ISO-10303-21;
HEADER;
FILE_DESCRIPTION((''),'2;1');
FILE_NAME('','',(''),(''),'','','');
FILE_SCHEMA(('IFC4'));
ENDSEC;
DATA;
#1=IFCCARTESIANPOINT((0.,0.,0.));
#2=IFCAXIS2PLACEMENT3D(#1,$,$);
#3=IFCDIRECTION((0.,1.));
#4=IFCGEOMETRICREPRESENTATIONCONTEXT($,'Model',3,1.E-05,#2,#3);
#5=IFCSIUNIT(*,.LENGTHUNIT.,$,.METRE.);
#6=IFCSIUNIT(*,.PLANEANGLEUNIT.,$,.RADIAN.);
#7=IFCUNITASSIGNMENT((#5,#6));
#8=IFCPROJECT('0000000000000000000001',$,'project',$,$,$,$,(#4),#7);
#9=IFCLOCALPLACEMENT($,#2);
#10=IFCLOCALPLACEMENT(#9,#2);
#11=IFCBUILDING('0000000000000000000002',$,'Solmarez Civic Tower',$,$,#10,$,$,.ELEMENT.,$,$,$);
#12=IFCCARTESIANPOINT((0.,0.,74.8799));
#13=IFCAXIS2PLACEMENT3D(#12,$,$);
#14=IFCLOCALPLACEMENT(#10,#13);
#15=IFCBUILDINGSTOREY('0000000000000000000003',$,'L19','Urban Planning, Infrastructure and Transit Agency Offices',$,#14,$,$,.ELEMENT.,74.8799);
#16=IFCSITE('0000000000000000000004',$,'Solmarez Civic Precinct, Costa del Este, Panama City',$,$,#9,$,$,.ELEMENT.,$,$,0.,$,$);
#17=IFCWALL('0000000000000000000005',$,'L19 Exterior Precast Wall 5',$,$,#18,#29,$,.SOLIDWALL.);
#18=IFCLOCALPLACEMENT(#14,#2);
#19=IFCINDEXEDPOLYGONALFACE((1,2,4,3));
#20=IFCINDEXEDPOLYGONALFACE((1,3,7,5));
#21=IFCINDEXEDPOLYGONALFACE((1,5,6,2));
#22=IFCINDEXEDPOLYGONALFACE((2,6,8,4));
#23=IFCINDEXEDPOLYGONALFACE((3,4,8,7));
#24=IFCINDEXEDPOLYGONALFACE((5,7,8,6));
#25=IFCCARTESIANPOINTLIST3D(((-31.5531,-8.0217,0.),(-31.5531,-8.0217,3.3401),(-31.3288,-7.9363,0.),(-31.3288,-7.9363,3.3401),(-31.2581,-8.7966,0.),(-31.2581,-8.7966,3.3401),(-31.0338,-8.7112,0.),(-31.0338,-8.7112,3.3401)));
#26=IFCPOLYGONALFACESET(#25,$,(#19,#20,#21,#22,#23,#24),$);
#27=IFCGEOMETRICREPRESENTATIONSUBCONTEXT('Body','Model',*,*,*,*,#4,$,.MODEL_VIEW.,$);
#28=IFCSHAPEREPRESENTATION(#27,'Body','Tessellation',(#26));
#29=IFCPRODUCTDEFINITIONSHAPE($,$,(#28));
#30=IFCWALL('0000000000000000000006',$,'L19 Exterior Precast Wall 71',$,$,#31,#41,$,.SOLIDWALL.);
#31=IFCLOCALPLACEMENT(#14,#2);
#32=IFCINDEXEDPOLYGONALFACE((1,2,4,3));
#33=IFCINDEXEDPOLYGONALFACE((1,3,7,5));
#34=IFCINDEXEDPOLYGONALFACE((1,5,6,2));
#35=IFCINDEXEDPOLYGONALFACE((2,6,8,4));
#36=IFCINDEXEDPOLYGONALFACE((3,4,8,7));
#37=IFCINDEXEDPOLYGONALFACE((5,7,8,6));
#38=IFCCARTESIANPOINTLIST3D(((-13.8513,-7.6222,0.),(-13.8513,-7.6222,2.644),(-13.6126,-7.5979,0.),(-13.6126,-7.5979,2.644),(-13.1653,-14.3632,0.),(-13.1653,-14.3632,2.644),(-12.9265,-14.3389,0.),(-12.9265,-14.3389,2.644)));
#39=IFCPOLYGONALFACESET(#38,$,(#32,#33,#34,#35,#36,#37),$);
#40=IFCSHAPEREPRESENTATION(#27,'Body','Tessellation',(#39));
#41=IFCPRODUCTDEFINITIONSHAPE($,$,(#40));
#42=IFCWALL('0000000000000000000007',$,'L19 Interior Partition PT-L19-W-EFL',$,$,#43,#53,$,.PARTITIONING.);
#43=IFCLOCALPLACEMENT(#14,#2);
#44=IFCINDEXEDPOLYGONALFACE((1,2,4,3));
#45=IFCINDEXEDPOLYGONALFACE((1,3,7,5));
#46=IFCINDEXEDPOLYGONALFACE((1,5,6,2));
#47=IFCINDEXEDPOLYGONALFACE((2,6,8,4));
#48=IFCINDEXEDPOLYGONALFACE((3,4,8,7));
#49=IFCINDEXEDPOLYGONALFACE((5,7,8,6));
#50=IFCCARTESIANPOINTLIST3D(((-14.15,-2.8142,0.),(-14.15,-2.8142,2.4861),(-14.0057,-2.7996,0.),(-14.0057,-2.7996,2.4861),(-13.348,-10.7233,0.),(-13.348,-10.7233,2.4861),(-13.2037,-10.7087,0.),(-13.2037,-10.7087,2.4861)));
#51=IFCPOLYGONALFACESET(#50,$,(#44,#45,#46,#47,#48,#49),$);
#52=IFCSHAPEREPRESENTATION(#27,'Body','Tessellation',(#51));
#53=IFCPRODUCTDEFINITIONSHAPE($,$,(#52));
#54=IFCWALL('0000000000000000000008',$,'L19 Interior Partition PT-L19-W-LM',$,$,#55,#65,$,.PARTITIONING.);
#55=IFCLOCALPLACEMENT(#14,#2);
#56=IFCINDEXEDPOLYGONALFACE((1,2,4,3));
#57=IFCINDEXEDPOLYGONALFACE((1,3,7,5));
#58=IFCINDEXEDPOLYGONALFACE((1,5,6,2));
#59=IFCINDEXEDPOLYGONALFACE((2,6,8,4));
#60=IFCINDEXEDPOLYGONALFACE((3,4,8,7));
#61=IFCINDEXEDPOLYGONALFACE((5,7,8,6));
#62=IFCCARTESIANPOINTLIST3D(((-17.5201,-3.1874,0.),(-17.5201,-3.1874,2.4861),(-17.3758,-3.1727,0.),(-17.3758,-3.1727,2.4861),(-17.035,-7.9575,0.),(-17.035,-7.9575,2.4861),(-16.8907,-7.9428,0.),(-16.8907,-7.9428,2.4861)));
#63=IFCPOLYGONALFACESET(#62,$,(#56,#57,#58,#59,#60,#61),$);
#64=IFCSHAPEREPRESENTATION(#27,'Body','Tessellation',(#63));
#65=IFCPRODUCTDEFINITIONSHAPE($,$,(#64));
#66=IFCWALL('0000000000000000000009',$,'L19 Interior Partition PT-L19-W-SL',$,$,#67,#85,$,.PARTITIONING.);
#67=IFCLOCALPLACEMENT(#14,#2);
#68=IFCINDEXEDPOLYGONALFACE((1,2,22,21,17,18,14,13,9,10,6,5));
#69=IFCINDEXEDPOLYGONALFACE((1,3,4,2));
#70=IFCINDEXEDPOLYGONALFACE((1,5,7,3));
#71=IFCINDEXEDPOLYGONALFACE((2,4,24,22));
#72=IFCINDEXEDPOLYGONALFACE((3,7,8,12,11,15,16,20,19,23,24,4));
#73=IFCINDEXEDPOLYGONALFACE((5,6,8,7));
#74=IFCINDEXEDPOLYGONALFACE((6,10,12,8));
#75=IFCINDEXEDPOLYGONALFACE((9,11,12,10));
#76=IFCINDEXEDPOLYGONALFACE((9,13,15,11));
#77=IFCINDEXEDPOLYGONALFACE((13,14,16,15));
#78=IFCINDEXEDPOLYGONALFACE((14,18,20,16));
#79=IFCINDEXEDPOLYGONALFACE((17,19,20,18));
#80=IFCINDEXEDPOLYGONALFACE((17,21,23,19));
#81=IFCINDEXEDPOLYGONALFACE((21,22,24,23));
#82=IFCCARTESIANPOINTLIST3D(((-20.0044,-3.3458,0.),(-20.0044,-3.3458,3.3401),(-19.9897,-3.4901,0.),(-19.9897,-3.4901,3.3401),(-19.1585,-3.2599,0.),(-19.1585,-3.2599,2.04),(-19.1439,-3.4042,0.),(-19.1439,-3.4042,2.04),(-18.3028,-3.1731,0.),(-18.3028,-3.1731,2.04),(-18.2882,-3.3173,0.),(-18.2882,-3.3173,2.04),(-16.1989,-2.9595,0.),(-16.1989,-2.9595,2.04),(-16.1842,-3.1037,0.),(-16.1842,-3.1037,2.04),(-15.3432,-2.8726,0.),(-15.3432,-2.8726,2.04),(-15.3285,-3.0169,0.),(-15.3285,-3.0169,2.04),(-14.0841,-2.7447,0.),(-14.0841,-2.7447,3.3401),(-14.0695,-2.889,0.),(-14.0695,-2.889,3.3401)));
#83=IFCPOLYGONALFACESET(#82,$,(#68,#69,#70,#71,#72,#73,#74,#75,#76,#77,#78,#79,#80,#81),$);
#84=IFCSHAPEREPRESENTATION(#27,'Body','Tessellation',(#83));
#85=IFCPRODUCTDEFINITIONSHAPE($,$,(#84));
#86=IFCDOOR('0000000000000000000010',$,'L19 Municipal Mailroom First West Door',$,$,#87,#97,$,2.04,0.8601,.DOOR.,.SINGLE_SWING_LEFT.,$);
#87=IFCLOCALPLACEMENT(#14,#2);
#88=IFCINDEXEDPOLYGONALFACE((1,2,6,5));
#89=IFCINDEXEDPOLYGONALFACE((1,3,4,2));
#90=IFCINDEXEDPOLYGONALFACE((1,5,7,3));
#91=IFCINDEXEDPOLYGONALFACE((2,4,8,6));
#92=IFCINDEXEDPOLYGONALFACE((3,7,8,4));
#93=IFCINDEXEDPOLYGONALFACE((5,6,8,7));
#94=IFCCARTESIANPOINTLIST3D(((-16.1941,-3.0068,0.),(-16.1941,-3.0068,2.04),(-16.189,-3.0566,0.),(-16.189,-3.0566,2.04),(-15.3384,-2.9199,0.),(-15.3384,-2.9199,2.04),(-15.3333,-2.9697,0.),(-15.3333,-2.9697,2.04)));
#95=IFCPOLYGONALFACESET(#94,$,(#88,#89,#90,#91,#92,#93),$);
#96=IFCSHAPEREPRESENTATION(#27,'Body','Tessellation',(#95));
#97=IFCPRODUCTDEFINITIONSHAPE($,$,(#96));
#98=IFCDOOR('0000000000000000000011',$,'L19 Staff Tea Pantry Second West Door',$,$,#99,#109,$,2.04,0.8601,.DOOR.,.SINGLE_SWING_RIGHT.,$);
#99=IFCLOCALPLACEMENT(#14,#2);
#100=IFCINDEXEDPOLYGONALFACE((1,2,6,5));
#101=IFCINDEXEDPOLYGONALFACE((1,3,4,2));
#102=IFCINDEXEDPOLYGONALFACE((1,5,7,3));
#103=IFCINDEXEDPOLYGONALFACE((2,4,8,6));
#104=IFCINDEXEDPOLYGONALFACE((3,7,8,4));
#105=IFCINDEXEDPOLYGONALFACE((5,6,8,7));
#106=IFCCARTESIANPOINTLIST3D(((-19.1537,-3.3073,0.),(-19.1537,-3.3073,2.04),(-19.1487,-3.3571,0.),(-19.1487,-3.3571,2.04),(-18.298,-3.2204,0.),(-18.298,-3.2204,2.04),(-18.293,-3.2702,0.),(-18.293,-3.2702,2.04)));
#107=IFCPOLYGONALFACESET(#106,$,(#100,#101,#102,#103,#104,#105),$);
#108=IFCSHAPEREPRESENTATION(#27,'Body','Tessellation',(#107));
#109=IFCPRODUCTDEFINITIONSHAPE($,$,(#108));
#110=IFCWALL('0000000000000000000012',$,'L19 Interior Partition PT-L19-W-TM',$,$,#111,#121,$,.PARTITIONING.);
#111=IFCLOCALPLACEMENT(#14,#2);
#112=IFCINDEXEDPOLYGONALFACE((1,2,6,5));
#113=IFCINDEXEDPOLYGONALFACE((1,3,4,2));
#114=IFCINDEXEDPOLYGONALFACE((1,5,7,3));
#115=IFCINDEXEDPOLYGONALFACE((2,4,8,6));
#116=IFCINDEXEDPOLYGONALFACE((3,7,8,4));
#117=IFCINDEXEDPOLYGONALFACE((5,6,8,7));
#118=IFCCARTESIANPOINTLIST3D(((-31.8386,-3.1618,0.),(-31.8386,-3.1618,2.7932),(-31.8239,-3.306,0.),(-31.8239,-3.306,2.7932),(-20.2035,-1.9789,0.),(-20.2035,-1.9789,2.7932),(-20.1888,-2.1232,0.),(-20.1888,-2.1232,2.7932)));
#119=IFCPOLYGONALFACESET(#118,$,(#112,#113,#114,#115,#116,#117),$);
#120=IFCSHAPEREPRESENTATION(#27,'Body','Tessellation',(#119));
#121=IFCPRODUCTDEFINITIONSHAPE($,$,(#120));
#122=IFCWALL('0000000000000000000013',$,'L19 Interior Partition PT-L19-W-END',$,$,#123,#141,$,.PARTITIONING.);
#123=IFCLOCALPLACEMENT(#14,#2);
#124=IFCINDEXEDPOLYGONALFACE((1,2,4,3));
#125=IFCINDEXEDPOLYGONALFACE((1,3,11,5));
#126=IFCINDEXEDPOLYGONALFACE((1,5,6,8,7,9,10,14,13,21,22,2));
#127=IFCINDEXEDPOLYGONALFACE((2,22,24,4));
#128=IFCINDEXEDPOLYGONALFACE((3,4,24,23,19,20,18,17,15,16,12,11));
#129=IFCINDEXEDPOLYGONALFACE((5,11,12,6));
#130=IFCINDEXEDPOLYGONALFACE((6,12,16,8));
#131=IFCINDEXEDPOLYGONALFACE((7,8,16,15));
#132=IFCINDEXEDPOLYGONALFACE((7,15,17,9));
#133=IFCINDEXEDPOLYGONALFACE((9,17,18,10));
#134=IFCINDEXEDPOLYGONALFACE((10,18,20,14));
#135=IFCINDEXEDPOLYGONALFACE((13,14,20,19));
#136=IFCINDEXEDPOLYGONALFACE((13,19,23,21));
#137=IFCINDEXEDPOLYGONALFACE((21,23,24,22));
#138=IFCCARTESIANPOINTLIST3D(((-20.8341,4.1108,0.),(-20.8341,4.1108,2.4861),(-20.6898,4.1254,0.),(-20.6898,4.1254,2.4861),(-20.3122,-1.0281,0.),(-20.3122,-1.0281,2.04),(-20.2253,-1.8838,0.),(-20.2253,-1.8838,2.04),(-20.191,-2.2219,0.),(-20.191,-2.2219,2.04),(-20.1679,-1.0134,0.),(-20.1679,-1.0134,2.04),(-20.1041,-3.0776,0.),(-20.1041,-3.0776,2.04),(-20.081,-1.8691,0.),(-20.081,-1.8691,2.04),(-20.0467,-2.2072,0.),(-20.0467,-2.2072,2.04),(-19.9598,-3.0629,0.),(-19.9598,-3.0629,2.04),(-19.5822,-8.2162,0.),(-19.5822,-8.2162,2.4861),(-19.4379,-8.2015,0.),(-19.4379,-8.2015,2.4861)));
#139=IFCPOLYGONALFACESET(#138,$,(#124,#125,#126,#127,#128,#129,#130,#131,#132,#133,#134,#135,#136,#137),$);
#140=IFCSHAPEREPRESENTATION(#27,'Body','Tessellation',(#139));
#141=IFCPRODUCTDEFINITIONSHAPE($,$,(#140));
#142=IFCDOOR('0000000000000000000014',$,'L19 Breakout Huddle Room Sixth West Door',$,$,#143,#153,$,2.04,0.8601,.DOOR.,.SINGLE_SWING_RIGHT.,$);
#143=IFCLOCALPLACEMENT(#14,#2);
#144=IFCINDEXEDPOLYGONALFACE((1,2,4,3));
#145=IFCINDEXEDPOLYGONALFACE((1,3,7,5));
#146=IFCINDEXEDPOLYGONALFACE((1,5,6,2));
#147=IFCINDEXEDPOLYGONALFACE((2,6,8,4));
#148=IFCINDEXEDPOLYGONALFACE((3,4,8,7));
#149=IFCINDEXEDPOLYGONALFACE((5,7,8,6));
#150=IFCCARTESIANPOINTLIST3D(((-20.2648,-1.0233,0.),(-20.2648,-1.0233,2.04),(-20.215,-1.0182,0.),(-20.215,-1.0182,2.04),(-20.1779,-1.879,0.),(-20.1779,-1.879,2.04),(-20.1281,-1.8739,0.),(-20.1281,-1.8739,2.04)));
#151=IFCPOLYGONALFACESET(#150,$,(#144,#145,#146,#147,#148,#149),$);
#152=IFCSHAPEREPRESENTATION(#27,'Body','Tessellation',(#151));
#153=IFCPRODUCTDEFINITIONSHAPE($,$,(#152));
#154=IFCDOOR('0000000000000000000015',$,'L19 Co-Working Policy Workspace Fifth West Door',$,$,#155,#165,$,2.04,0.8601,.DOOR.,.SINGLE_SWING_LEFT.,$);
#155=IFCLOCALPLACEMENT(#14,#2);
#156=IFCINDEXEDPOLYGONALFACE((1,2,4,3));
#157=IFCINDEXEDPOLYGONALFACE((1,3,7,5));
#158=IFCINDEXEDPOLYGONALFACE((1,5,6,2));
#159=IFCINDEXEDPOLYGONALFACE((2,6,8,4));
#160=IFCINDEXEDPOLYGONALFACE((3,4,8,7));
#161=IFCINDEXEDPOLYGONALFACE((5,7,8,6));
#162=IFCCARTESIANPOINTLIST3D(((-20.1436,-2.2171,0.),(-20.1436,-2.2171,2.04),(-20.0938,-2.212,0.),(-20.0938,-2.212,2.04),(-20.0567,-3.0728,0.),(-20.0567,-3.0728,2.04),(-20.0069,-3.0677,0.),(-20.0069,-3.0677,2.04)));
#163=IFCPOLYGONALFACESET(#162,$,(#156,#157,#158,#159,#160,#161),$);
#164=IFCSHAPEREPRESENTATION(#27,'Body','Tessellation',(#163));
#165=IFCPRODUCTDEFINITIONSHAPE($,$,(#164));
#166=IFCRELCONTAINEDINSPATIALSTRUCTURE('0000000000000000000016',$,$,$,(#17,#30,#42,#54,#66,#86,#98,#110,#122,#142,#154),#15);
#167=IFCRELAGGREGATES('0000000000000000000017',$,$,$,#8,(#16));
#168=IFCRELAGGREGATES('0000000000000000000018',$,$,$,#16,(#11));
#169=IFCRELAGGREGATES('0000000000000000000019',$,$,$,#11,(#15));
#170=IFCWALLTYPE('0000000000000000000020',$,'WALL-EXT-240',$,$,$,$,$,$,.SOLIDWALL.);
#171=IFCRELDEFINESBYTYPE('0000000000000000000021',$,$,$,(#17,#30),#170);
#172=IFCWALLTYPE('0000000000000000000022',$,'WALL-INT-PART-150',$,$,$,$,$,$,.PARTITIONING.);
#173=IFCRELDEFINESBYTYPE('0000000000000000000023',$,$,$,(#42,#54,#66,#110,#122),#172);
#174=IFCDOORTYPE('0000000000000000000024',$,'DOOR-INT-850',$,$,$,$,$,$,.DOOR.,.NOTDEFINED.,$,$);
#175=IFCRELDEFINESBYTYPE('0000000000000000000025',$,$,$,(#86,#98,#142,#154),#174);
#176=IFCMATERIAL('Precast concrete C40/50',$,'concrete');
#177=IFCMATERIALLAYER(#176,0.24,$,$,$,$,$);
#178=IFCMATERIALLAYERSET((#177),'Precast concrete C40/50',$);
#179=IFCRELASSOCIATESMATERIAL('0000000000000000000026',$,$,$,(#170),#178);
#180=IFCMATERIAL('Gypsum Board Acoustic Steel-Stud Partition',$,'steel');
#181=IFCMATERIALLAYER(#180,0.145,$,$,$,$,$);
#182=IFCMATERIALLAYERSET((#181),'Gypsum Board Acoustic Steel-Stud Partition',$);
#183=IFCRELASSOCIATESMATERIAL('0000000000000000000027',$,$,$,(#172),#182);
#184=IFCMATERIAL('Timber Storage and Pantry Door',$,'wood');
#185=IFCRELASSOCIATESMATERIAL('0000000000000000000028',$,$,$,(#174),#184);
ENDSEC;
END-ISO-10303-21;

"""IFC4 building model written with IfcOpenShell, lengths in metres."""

from ifc_helpers import new_model, si_unit, direction, frame, frame_2d, origin, place, context, subcontext, project, spatial, rectangle, extrude, material, layer, layer_set, type_object, element, fill, save


model = new_model("IFC4")

# Units and contexts
model_context = context("Model", 3, precision=1e-05, world=origin(), true_north=direction((0.0, 1.0)))
body_context = subcontext(model_context, "Body", "Model", "MODEL_VIEW")
ifc_project = project(units=[si_unit("LENGTHUNIT", "METRE"), si_unit("PLANEANGLEUNIT", "RADIAN")], contexts=[model_context])

# Site, building, storey
site_placement = place(None, origin())
site = spatial("IfcSite", under=ifc_project, at=site_placement, Name="Solmarez Civic Precinct, Costa del Este, Panama City", CompositionType="ELEMENT", RefElevation=0.0)
building_placement = place(site_placement, origin())
building = spatial("IfcBuilding", under=site, at=building_placement, Name="Solmarez Civic Tower", CompositionType="ELEMENT")
storey_placement = place(building_placement, frame((0.0, 0.0, 74.8799)))
storey = spatial("IfcBuildingStorey", under=building, at=storey_placement, Name="L19", Description="Urban Planning, Infrastructure and Transit Agency Offices", CompositionType="ELEMENT", Elevation=74.8799)

# Walls
ifc_material_1 = material(Name="Precast concrete C40/50", Category="concrete")
ifc_layer_1 = layer(ifc_material_1, 0.24)
ifc_layer_set_1 = layer_set([ifc_layer_1], Name="Precast concrete C40/50")
wall_type_1 = type_object("IfcWallType", Name="WALL-EXT-240", PredefinedType="SOLIDWALL", material=ifc_layer_set_1)
wall_1_placement = place(storey_placement, frame((-31.146, -8.7539, 0.0), z_axis=(0.0, 0.0, 1.0), x_axis=(-0.355701, 0.9346, 0.0)))
element("IfcWall", 1, at=wall_1_placement, inside=storey, type_object=wall_type_1, Name="L19 Exterior Precast Wall 5", PredefinedType="SOLIDWALL", context=body_context, shape_type="SweptSolid", body=[
    extrude(rectangle(XDim=0.8291, YDim=0.24, at=frame_2d((0.4146, 0.0))), origin(), (0.0, 0.0, 1.0), 3.3401),
])
wall_2_placement = place(storey_placement, frame((-13.0459, -14.3511, 0.0), z_axis=(0.0, 0.0, 1.0), x_axis=(-0.101248, 0.994861, 0.0)))
element("IfcWall", 2, at=wall_2_placement, inside=storey, type_object=wall_type_1, Name="L19 Exterior Precast Wall 71", PredefinedType="SOLIDWALL", context=body_context, shape_type="SweptSolid", body=[
    extrude(rectangle(XDim=6.7759, YDim=0.24, at=frame_2d((3.3879, 0.0))), origin(), (0.0, 0.0, 1.0), 2.644),
])
ifc_material_2 = material(Name="Gypsum Board Acoustic Steel-Stud Partition", Category="steel")
ifc_layer_2 = layer(ifc_material_2, 0.145)
ifc_layer_set_2 = layer_set([ifc_layer_2], Name="Gypsum Board Acoustic Steel-Stud Partition")
wall_type_2 = type_object("IfcWallType", Name="WALL-INT-PART-150", PredefinedType="PARTITIONING", material=ifc_layer_set_2)
wall_3_placement = place(storey_placement, frame((-14.0779, -2.8069, 0.0), z_axis=(0.0, 0.0, 1.0), x_axis=(0.100884, -0.994898, 0.0)))
element("IfcWall", 3, at=wall_3_placement, inside=storey, type_object=wall_type_2, Name="L19 Interior Partition PT-L19-W-EFL", PredefinedType="PARTITIONING", context=body_context, shape_type="SweptSolid", body=[
    extrude(rectangle(XDim=7.9497, YDim=0.145, at=frame_2d((3.9749, 0.0))), origin(), (0.0, 0.0, 1.0), 2.4861),
])
wall_4_placement = place(storey_placement, frame((-17.448, -3.1799, 0.0), z_axis=(0.0, 0.0, 1.0), x_axis=(0.101177, -0.994868, 0.0)))
element("IfcWall", 4, at=wall_4_placement, inside=storey, type_object=wall_type_2, Name="L19 Interior Partition PT-L19-W-LM", PredefinedType="PARTITIONING", context=body_context, shape_type="SweptSolid", body=[
    extrude(rectangle(XDim=4.7947, YDim=0.145, at=frame_2d((2.3975, 0.0))), origin(), (0.0, 0.0, 1.0), 2.4861),
])

# Wall, openings, doors
wall_5_placement = place(storey_placement, frame((-19.9971, -3.418, 0.0), z_axis=(0.0, 0.0, 1.0), x_axis=(0.994885, 0.101011, 0.0)))
wall_5 = element("IfcWall", 5, at=wall_5_placement, inside=storey, type_object=wall_type_2, Name="L19 Interior Partition PT-L19-W-SL", PredefinedType="PARTITIONING", context=body_context, shape_type="SweptSolid", body=[
    extrude(rectangle(XDim=5.9507, YDim=0.145, at=frame_2d((2.9753, 0.0))), origin(), (0.0, 0.0, 1.0), 3.3401),
])
opening_1_placement = place(wall_5_placement, frame((3.825, 0.0, 0.0)))
opening_1 = element("IfcOpeningElement", 6, at=opening_1_placement, cuts=wall_5, PredefinedType="OPENING", context=body_context, shape_type="SweptSolid", body=[
    extrude(rectangle(XDim=0.8601, YDim=2.04, at=frame_2d((0.4302, 1.02))), frame((0.0, 0.0825, 0.0), z_axis=(0.0, -1.0, 0.0), x_axis=(1.0, 0.0, 0.0)), (0.0, 0.0, 1.0), 0.165),
])
opening_2_placement = place(wall_5_placement, frame((0.8501, 0.0, 0.0)))
opening_2 = element("IfcOpeningElement", 7, at=opening_2_placement, cuts=wall_5, PredefinedType="OPENING", context=body_context, shape_type="SweptSolid", body=[
    extrude(rectangle(XDim=0.8601, YDim=2.04, at=frame_2d((0.4302, 1.02))), frame((0.0, 0.0825, 0.0), z_axis=(0.0, -1.0, 0.0), x_axis=(1.0, 0.0, 0.0)), (0.0, 0.0, 1.0), 0.165),
])
ifc_material_3 = material(Name="Timber Storage and Pantry Door", Category="wood")
door_type = type_object("IfcDoorType", Name="DOOR-INT-850", OperationType="NOTDEFINED", PredefinedType="DOOR", material=ifc_material_3)
door_1_placement = place(opening_1_placement, origin())
door_1 = element("IfcDoor", 8, at=door_1_placement, inside=storey, type_object=door_type, Name="L19 Municipal Mailroom First West Door", OperationType="SINGLE_SWING_LEFT", OverallHeight=2.04, OverallWidth=0.8601, PredefinedType="DOOR", context=body_context, shape_type="SweptSolid", body=[
    extrude(rectangle(XDim=0.8601, YDim=2.04, at=frame_2d((0.4302, 1.02))), frame((0.0, 0.0249, 0.0), z_axis=(0.0, -1.0, 0.0), x_axis=(1.0, 0.0, 0.0)), (0.0, 0.0, 1.0), 0.05),
])
fill(opening_1, door_1)
door_2_placement = place(opening_2_placement, origin())
door_2 = element("IfcDoor", 9, at=door_2_placement, inside=storey, type_object=door_type, Name="L19 Staff Tea Pantry Second West Door", OperationType="SINGLE_SWING_RIGHT", OverallHeight=2.04, OverallWidth=0.8601, PredefinedType="DOOR", context=body_context, shape_type="SweptSolid", body=[
    extrude(rectangle(XDim=0.8601, YDim=2.04, at=frame_2d((0.4302, 1.02))), frame((0.0, 0.0249, 0.0), z_axis=(0.0, -1.0, 0.0), x_axis=(1.0, 0.0, 0.0)), (0.0, 0.0, 1.0), 0.05),
])
fill(opening_2, door_2)

# Wall
wall_6_placement = place(storey_placement, frame((-20.196, -2.051, 0.0), z_axis=(0.0, 0.0, 1.0), x_axis=(-0.994872, -0.101143, 0.0)))
element("IfcWall", 10, at=wall_6_placement, inside=storey, type_object=wall_type_2, Name="L19 Interior Partition PT-L19-W-TM", PredefinedType="PARTITIONING", context=body_context, shape_type="SweptSolid", body=[
    extrude(rectangle(XDim=11.6951, YDim=0.145, at=frame_2d((5.8477, 0.0))), origin(), (0.0, 0.0, 1.0), 2.7932),
])

# Wall, openings, doors
wall_7_placement = place(storey_placement, frame((-19.51, -8.209, 0.0), z_axis=(0.0, 0.0, 1.0), x_axis=(-0.101043, 0.994882, 0.0)))
wall_7 = element("IfcWall", 11, at=wall_7_placement, inside=storey, type_object=wall_type_2, Name="L19 Interior Partition PT-L19-W-END", PredefinedType="PARTITIONING", context=body_context, shape_type="SweptSolid", body=[
    extrude(rectangle(XDim=12.3904, YDim=0.145, at=frame_2d((6.1953, 0.0))), origin(), (0.0, 0.0, 1.0), 2.4861),
])
opening_3_placement = place(wall_7_placement, frame((6.365, 0.0, 0.0)))
opening_3 = element("IfcOpeningElement", 12, at=opening_3_placement, cuts=wall_7, PredefinedType="OPENING", context=body_context, shape_type="SweptSolid", body=[
    extrude(rectangle(XDim=0.8601, YDim=2.04, at=frame_2d((0.4302, 1.02))), frame((0.0, 0.0825, 0.0), z_axis=(0.0, -1.0, 0.0), x_axis=(1.0, 0.0, 0.0)), (0.0, 0.0, 1.0), 0.165),
])
opening_4_placement = place(wall_7_placement, frame((5.165, 0.0, 0.0)))
opening_4 = element("IfcOpeningElement", 13, at=opening_4_placement, cuts=wall_7, PredefinedType="OPENING", context=body_context, shape_type="SweptSolid", body=[
    extrude(rectangle(XDim=0.8601, YDim=2.04, at=frame_2d((0.4302, 1.02))), frame((0.0, 0.0825, 0.0), z_axis=(0.0, -1.0, 0.0), x_axis=(1.0, 0.0, 0.0)), (0.0, 0.0, 1.0), 0.165),
])
door_3_placement = place(opening_3_placement, origin())
door_3 = element("IfcDoor", 14, at=door_3_placement, inside=storey, type_object=door_type, Name="L19 Breakout Huddle Room Sixth West Door", OperationType="SINGLE_SWING_RIGHT", OverallHeight=2.04, OverallWidth=0.8601, PredefinedType="DOOR", context=body_context, shape_type="SweptSolid", body=[
    extrude(rectangle(XDim=0.8601, YDim=2.04, at=frame_2d((0.4302, 1.02))), frame((0.0, 0.0249, 0.0), z_axis=(0.0, -1.0, 0.0), x_axis=(1.0, 0.0, 0.0)), (0.0, 0.0, 1.0), 0.05),
])
fill(opening_3, door_3)
door_4_placement = place(opening_4_placement, origin())
door_4 = element("IfcDoor", 15, at=door_4_placement, inside=storey, type_object=door_type, Name="L19 Co-Working Policy Workspace Fifth West Door", OperationType="SINGLE_SWING_LEFT", OverallHeight=2.04, OverallWidth=0.8601, PredefinedType="DOOR", context=body_context, shape_type="SweptSolid", body=[
    extrude(rectangle(XDim=0.8601, YDim=2.04, at=frame_2d((0.4302, 1.02))), frame((0.0, 0.0249, 0.0), z_axis=(0.0, -1.0, 0.0), x_axis=(1.0, 0.0, 0.0)), (0.0, 0.0, 1.0), 0.05),
])
fill(opening_4, door_4)

save(model, "model.ifc")
